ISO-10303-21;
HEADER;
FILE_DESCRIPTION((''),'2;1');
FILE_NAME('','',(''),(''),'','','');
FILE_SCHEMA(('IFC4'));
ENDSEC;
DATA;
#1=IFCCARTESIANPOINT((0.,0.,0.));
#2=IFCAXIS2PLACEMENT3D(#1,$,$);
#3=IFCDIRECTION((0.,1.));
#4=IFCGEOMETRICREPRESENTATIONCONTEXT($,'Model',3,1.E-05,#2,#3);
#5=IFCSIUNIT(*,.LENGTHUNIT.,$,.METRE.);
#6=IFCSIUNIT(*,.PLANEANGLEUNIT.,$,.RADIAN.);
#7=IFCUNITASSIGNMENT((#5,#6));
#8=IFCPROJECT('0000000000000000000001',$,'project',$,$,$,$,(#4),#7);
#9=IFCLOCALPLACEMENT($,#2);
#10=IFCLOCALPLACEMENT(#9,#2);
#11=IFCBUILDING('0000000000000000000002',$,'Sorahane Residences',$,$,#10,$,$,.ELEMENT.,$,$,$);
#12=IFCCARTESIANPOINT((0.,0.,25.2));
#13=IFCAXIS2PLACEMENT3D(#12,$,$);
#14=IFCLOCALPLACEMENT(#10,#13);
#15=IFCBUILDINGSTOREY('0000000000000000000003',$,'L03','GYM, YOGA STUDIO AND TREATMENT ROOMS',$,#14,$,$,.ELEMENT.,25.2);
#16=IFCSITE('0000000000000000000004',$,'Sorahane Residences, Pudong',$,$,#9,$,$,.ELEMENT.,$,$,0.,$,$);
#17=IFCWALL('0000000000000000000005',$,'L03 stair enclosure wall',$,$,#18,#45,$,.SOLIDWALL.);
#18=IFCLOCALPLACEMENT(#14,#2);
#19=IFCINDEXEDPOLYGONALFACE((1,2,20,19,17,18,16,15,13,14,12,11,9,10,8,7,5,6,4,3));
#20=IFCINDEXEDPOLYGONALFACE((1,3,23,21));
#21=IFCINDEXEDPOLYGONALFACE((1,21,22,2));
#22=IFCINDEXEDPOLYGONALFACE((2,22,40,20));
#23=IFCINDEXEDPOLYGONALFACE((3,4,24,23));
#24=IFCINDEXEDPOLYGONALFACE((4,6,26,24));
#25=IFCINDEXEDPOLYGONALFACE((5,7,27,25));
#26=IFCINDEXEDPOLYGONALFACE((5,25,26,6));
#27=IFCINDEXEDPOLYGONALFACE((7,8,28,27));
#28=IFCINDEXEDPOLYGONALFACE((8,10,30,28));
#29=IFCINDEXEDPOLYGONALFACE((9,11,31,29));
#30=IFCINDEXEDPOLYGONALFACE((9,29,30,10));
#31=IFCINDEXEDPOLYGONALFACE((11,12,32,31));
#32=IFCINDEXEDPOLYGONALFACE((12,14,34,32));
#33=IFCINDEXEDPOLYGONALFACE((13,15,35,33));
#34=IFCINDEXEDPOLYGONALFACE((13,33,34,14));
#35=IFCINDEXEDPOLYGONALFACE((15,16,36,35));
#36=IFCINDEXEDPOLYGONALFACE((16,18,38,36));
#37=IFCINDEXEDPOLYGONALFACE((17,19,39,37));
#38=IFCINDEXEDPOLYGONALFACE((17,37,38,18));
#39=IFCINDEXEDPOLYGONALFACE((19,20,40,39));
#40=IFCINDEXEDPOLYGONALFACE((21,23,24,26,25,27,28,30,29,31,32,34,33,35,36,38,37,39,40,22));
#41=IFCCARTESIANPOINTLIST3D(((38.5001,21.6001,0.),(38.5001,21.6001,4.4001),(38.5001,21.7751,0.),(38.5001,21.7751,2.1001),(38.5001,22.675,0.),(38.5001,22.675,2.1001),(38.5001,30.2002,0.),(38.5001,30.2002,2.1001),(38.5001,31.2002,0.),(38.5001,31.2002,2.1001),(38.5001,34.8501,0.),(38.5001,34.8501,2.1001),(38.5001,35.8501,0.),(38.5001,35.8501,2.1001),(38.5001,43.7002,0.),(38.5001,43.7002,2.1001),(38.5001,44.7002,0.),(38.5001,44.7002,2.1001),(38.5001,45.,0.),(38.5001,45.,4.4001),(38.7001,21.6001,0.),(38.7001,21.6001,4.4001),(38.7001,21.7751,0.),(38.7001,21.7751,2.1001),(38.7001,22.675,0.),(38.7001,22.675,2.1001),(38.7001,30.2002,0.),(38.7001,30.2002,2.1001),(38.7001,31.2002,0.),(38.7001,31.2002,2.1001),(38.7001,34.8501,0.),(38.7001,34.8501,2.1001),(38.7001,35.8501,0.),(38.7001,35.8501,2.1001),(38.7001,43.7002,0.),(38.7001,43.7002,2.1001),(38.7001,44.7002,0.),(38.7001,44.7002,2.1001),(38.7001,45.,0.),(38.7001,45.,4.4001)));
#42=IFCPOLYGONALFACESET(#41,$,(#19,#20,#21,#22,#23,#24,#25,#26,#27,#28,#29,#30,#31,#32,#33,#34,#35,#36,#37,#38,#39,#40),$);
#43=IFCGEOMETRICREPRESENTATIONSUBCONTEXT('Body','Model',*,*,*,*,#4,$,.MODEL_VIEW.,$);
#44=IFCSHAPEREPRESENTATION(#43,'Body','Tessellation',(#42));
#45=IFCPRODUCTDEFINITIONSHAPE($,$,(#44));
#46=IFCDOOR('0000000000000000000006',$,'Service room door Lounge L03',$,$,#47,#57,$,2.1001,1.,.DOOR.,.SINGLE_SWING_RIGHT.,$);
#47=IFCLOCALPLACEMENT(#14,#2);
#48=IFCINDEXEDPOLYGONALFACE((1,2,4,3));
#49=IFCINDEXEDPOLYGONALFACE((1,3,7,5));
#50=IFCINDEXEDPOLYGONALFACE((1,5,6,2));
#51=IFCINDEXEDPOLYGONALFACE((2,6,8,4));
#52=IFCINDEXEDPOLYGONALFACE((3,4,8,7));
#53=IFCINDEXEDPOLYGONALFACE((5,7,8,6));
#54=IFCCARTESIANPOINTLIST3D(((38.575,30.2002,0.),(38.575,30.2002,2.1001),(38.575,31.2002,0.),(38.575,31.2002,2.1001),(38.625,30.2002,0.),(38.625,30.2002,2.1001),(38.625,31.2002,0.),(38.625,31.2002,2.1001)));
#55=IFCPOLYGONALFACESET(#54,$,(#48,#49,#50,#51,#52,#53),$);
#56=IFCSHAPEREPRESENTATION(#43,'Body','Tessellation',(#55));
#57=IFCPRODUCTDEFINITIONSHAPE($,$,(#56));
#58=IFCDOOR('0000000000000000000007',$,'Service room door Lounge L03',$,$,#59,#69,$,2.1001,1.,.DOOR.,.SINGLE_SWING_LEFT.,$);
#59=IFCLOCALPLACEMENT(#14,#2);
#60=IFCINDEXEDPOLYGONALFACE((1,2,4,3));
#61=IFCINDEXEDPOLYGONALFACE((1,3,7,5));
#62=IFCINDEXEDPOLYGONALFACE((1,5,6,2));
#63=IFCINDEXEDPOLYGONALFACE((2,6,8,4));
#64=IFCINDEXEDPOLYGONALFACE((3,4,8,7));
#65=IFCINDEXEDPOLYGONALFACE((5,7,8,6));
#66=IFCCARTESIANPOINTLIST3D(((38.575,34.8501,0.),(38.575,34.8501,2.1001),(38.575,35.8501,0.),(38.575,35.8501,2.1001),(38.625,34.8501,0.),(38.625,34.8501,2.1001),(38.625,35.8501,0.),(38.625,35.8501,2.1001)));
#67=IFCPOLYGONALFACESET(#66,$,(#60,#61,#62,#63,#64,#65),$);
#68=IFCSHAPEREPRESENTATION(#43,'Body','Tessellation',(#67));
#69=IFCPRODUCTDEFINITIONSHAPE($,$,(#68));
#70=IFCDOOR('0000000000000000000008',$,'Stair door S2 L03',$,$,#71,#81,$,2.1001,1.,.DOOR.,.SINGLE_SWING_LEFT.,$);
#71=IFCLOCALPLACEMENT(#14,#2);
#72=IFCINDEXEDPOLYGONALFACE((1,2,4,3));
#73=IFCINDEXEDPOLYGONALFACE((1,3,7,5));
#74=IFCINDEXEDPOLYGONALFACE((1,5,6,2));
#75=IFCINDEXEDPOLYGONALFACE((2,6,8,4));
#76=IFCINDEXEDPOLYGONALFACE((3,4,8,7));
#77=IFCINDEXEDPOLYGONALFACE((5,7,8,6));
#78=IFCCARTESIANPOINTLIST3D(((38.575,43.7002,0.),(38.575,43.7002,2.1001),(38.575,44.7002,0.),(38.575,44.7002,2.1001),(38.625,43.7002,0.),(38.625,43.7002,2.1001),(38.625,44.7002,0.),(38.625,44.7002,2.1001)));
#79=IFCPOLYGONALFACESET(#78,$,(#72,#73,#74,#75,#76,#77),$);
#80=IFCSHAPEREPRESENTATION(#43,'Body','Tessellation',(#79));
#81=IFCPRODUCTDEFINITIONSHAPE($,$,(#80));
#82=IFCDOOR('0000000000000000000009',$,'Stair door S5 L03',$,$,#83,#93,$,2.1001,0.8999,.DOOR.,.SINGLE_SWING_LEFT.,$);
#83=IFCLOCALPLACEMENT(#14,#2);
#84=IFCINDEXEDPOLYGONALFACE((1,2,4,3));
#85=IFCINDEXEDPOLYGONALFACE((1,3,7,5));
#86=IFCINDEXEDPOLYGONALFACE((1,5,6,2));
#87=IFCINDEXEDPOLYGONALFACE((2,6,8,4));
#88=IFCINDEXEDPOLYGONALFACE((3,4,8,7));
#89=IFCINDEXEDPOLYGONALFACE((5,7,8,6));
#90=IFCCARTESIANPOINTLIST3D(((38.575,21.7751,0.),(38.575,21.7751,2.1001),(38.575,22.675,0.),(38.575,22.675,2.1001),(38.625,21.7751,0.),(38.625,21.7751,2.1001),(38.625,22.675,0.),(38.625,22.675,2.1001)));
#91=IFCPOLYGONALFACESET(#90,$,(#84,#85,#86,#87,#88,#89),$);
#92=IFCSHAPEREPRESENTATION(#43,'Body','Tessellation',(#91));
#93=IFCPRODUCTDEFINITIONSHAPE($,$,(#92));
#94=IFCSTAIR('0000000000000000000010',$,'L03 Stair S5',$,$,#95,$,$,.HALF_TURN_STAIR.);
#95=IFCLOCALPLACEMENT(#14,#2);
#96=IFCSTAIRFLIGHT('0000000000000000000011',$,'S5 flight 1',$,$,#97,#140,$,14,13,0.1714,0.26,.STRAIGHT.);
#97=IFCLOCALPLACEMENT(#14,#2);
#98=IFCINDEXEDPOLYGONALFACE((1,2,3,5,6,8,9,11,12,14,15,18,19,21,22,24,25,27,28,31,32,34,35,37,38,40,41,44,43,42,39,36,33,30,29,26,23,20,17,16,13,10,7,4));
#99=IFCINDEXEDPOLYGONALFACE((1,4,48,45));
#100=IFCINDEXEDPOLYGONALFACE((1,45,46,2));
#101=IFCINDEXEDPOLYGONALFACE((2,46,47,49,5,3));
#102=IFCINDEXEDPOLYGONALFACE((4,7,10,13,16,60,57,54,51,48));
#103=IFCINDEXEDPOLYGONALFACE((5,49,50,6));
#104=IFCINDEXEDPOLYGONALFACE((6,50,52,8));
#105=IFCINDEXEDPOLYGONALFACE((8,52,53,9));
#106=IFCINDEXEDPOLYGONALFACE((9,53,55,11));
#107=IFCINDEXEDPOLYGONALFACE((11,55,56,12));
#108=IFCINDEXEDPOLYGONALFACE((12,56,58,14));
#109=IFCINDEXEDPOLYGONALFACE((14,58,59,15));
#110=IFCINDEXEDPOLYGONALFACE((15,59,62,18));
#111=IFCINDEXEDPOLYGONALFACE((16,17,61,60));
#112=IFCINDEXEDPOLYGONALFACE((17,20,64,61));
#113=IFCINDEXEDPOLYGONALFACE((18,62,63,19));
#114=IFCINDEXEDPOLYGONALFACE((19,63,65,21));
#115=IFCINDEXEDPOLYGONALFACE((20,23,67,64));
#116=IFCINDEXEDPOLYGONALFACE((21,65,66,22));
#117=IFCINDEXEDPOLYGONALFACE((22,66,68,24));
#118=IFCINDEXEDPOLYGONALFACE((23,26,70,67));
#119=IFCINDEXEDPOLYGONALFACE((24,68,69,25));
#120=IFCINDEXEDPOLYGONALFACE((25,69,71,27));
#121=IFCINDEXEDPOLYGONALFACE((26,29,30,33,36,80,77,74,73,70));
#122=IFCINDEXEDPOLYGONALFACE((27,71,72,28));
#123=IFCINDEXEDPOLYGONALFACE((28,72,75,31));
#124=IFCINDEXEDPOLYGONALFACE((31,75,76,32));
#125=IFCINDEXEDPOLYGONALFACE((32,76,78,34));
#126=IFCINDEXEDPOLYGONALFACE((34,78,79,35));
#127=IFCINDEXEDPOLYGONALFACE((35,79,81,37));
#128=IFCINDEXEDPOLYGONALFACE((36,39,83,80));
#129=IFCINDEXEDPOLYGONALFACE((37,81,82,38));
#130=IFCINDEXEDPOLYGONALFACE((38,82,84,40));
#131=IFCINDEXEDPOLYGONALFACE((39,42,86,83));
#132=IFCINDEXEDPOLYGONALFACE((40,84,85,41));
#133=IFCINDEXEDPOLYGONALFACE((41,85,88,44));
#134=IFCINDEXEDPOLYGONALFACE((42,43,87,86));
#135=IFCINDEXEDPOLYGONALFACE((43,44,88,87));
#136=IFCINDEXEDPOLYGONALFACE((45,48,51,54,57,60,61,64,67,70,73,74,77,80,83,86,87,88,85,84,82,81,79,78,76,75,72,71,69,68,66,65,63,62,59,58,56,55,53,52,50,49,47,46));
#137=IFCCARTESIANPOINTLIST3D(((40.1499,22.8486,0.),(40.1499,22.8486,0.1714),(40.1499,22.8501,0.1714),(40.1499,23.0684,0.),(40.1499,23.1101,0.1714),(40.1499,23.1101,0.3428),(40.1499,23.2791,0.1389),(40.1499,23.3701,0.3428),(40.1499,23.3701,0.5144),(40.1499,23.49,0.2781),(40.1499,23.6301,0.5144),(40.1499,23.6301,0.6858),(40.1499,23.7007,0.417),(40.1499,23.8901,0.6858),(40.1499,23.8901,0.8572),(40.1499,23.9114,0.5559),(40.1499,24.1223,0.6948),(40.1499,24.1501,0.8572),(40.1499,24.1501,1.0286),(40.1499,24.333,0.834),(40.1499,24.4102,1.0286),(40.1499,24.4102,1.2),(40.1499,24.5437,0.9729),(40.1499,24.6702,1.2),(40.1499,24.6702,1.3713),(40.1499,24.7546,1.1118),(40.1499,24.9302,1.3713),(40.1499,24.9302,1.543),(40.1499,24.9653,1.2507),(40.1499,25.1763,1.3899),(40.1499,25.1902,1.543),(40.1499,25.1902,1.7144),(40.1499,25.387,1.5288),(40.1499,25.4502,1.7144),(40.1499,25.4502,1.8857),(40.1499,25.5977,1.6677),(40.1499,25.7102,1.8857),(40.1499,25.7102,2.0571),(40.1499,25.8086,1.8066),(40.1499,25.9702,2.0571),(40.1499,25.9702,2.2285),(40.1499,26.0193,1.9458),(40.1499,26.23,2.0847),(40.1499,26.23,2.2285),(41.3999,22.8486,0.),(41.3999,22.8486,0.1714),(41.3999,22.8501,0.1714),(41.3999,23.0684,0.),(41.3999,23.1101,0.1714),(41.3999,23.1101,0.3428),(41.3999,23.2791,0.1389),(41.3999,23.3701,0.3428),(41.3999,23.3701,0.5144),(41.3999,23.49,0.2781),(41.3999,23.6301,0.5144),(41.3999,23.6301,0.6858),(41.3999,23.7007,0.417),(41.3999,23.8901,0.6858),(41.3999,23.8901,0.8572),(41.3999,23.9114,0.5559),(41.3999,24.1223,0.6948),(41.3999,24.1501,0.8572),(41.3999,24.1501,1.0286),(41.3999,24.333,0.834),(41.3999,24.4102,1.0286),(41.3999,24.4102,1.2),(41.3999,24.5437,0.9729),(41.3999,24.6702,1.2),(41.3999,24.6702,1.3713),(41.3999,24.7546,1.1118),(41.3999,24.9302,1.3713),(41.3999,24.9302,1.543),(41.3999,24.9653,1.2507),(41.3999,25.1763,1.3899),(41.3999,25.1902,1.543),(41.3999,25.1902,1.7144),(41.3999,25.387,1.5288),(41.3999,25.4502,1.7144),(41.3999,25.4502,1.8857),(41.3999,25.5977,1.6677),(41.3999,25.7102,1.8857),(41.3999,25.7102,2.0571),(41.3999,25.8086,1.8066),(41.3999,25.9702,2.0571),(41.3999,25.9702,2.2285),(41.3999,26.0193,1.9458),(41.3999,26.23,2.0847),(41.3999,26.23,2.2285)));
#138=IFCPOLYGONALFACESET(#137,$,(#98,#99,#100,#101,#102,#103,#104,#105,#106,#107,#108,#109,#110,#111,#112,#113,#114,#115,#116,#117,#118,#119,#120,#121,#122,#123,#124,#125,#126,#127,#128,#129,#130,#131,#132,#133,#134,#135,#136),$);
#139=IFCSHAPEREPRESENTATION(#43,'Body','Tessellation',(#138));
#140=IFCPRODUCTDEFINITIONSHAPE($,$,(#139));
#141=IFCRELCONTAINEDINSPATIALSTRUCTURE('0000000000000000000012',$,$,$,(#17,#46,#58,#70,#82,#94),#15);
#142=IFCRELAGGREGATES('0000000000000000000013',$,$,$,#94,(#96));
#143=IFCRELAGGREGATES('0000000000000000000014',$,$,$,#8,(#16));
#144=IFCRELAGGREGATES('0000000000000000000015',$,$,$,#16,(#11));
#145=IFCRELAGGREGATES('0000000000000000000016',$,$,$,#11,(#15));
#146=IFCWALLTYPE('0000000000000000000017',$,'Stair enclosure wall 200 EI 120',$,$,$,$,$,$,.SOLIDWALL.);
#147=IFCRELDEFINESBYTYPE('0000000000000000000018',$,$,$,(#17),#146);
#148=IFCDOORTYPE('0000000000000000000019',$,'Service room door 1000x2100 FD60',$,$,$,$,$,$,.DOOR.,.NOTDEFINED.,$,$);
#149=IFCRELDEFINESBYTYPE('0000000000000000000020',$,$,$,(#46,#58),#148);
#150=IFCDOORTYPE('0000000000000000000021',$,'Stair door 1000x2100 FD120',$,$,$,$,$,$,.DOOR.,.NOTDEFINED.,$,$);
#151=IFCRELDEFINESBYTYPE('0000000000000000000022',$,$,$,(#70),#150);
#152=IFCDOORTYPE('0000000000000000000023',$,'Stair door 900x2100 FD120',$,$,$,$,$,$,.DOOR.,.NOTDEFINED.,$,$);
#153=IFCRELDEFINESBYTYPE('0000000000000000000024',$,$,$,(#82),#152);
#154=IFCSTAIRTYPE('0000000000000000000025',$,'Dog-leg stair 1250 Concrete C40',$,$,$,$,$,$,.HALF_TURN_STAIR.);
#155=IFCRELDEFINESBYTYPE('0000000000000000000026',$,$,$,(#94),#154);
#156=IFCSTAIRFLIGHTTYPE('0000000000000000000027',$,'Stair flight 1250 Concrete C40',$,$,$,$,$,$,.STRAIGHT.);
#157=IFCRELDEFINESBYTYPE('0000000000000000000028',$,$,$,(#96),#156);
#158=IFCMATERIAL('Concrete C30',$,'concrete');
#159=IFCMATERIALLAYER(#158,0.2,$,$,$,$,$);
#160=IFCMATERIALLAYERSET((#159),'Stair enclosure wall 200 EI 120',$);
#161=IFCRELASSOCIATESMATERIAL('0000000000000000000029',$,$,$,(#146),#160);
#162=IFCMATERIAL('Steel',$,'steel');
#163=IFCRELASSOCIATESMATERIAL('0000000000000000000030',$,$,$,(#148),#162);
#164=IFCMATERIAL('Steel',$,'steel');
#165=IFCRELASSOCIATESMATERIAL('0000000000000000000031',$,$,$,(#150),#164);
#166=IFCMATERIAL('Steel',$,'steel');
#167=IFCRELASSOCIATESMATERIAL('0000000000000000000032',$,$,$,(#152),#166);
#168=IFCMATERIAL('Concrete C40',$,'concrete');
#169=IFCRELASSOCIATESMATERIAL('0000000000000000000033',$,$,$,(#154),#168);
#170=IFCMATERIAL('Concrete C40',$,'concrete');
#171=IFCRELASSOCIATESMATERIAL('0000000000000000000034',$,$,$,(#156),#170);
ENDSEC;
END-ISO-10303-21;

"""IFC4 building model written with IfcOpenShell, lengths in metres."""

from ifc_helpers import new_model, si_unit, direction, frame, frame_2d, origin, place, context, subcontext, project, spatial, polyline, rectangle, outline, extrude, material, layer, layer_set, type_object, element, fill, aggregate, save


model = new_model("IFC4")

# Units and contexts
model_context = context("Model", 3, precision=1e-05, world=origin(), true_north=direction((0.0, 1.0)))
body_context = subcontext(model_context, "Body", "Model", "MODEL_VIEW")
ifc_project = project(units=[si_unit("LENGTHUNIT", "METRE"), si_unit("PLANEANGLEUNIT", "RADIAN")], contexts=[model_context])

# Site, building, storey
site_placement = place(None, origin())
site = spatial("IfcSite", under=ifc_project, at=site_placement, Name="Sorahane Residences, Pudong", CompositionType="ELEMENT", RefElevation=0.0)
building_placement = place(site_placement, origin())
building = spatial("IfcBuilding", under=site, at=building_placement, Name="Sorahane Residences", CompositionType="ELEMENT")
storey_placement = place(building_placement, frame((0.0, 0.0, 25.2)))
storey = spatial("IfcBuildingStorey", under=building, at=storey_placement, Name="L03", Description="GYM, YOGA STUDIO AND TREATMENT ROOMS", CompositionType="ELEMENT", Elevation=25.2)

# Wall, openings, doors
ifc_material_1 = material(Name="Concrete C30", Category="concrete")
ifc_layer_1 = layer(ifc_material_1, 0.2)
ifc_layer_set_1 = layer_set([ifc_layer_1], Name="Stair enclosure wall 200 EI 120")
wall_type_1 = type_object("IfcWallType", Name="Stair enclosure wall 200 EI 120", PredefinedType="SOLIDWALL", material=ifc_layer_set_1)
wall_1_placement = place(storey_placement, frame((38.6001, 21.6001, 0.0), z_axis=(0.0, 0.0, 1.0), x_axis=(0.0, 1.0, 0.0)))
wall_1 = element("IfcWall", 1, at=wall_1_placement, inside=storey, type_object=wall_type_1, Name="L03 stair enclosure wall", PredefinedType="SOLIDWALL", context=body_context, shape_type="SweptSolid", body=[
    extrude(rectangle(XDim=23.3999, YDim=0.2, at=frame_2d((11.7, 0.0))), origin(), (0.0, 0.0, 1.0), 4.4001),
])
opening_1_placement = place(wall_1_placement, frame((8.6001, 0.0, 0.0)))
opening_1 = element("IfcOpeningElement", 2, at=opening_1_placement, cuts=wall_1, PredefinedType="OPENING", context=body_context, shape_type="SweptSolid", body=[
    extrude(rectangle(XDim=1.0, YDim=2.1001, at=frame_2d((0.5, 1.05))), frame((0.0, 0.1099, 0.0), z_axis=(0.0, -1.0, 0.0), x_axis=(1.0, 0.0, 0.0)), (0.0, 0.0, 1.0), 0.22),
])
opening_2_placement = place(wall_1_placement, frame((13.25, 0.0, 0.0)))
opening_2 = element("IfcOpeningElement", 3, at=opening_2_placement, cuts=wall_1, PredefinedType="OPENING", context=body_context, shape_type="SweptSolid", body=[
    extrude(rectangle(XDim=1.0, YDim=2.1001, at=frame_2d((0.5, 1.05))), frame((0.0, 0.1099, 0.0), z_axis=(0.0, -1.0, 0.0), x_axis=(1.0, 0.0, 0.0)), (0.0, 0.0, 1.0), 0.22),
])
opening_3_placement = place(wall_1_placement, frame((22.1001, 0.0, 0.0)))
opening_3 = element("IfcOpeningElement", 4, at=opening_3_placement, cuts=wall_1, PredefinedType="OPENING", context=body_context, shape_type="SweptSolid", body=[
    extrude(rectangle(XDim=1.0, YDim=2.1001, at=frame_2d((0.5, 1.05))), frame((0.0, 0.1099, 0.0), z_axis=(0.0, -1.0, 0.0), x_axis=(1.0, 0.0, 0.0)), (0.0, 0.0, 1.0), 0.22),
])
opening_4_placement = place(wall_1_placement, frame((0.175, 0.0, 0.0)))
opening_4 = element("IfcOpeningElement", 5, at=opening_4_placement, cuts=wall_1, PredefinedType="OPENING", context=body_context, shape_type="SweptSolid", body=[
    extrude(rectangle(XDim=0.8999, YDim=2.1001, at=frame_2d((0.45, 1.05))), frame((0.0, 0.1099, 0.0), z_axis=(0.0, -1.0, 0.0), x_axis=(1.0, 0.0, 0.0)), (0.0, 0.0, 1.0), 0.22),
])
ifc_material_2 = material(Name="Steel", Category="steel")
door_type_1 = type_object("IfcDoorType", Name="Service room door 1000x2100 FD60", OperationType="NOTDEFINED", PredefinedType="DOOR", material=ifc_material_2)
door_1_placement = place(opening_1_placement, frame((1.0, 0.0, 0.0), z_axis=(0.0, 0.0, 1.0), x_axis=(-1.0, 0.0, 0.0)))
door_1 = element("IfcDoor", 6, at=door_1_placement, inside=storey, type_object=door_type_1, Name="Service room door Lounge L03", OperationType="SINGLE_SWING_RIGHT", OverallHeight=2.1001, OverallWidth=1.0, PredefinedType="DOOR", context=body_context, shape_type="SweptSolid", body=[
    extrude(rectangle(XDim=1.0, YDim=2.1001, at=frame_2d((0.5, 1.05))), frame((0.0, 0.0249, 0.0), z_axis=(0.0, -1.0, 0.0), x_axis=(1.0, 0.0, 0.0)), (0.0, 0.0, 1.0), 0.05),
])
fill(opening_1, door_1)
door_2_placement = place(opening_2_placement, frame((1.0, 0.0, 0.0), z_axis=(0.0, 0.0, 1.0), x_axis=(-1.0, 0.0, 0.0)))
door_2 = element("IfcDoor", 7, at=door_2_placement, inside=storey, type_object=door_type_1, Name="Service room door Lounge L03", OperationType="SINGLE_SWING_LEFT", OverallHeight=2.1001, OverallWidth=1.0, PredefinedType="DOOR", context=body_context, shape_type="SweptSolid", body=[
    extrude(rectangle(XDim=1.0, YDim=2.1001, at=frame_2d((0.5, 1.05))), frame((0.0, 0.0249, 0.0), z_axis=(0.0, -1.0, 0.0), x_axis=(1.0, 0.0, 0.0)), (0.0, 0.0, 1.0), 0.05),
])
fill(opening_2, door_2)
ifc_material_3 = material(Name="Steel", Category="steel")
door_type_2 = type_object("IfcDoorType", Name="Stair door 1000x2100 FD120", OperationType="NOTDEFINED", PredefinedType="DOOR", material=ifc_material_3)
door_3_placement = place(opening_3_placement, frame((1.0, 0.0, 0.0), z_axis=(0.0, 0.0, 1.0), x_axis=(-1.0, 0.0, 0.0)))
door_3 = element("IfcDoor", 8, at=door_3_placement, inside=storey, type_object=door_type_2, Name="Stair door S2 L03", OperationType="SINGLE_SWING_LEFT", OverallHeight=2.1001, OverallWidth=1.0, PredefinedType="DOOR", context=body_context, shape_type="SweptSolid", body=[
    extrude(rectangle(XDim=1.0, YDim=2.1001, at=frame_2d((0.5, 1.05))), frame((0.0, 0.0249, 0.0), z_axis=(0.0, -1.0, 0.0), x_axis=(1.0, 0.0, 0.0)), (0.0, 0.0, 1.0), 0.05),
])
fill(opening_3, door_3)
ifc_material_4 = material(Name="Steel", Category="steel")
door_type_3 = type_object("IfcDoorType", Name="Stair door 900x2100 FD120", OperationType="NOTDEFINED", PredefinedType="DOOR", material=ifc_material_4)
door_4_placement = place(opening_4_placement, frame((0.8999, 0.0, 0.0), z_axis=(0.0, 0.0, 1.0), x_axis=(-1.0, 0.0, 0.0)))
door_4 = element("IfcDoor", 9, at=door_4_placement, inside=storey, type_object=door_type_3, Name="Stair door S5 L03", OperationType="SINGLE_SWING_LEFT", OverallHeight=2.1001, OverallWidth=0.8999, PredefinedType="DOOR", context=body_context, shape_type="SweptSolid", body=[
    extrude(rectangle(XDim=0.8999, YDim=2.1001, at=frame_2d((0.45, 1.05))), frame((0.0, 0.0249, 0.0), z_axis=(0.0, -1.0, 0.0), x_axis=(1.0, 0.0, 0.0)), (0.0, 0.0, 1.0), 0.05),
])
fill(opening_4, door_4)

# Stair, stair flight
ifc_material_5 = material(Name="Concrete C40", Category="concrete")
stair_type = type_object("IfcStairType", Name="Dog-leg stair 1250 Concrete C40", PredefinedType="HALF_TURN_STAIR", material=ifc_material_5)
stair_placement = place(storey_placement, origin())
stair = element("IfcStair", 10, at=stair_placement, inside=storey, type_object=stair_type, Name="L03 Stair S5", PredefinedType="HALF_TURN_STAIR")
ifc_material_6 = material(Name="Concrete C40", Category="concrete")
stair_flight_type = type_object("IfcStairFlightType", Name="Stair flight 1250 Concrete C40", PredefinedType="STRAIGHT", material=ifc_material_6)
stair_flight_placement = place(storey_placement, frame((40.7749, 22.8501, 0.0), z_axis=(0.0, 0.0, 1.0), x_axis=(0.0, 1.0, 0.0)))
stair_flight = element("IfcStairFlight", 11, at=stair_flight_placement, type_object=stair_flight_type, Name="S5 flight 1", NumberOfRisers=14, NumberOfTreads=13, PredefinedType="STRAIGHT", RiserHeight=0.1714, TreadLength=0.26, context=body_context, shape_type="SweptSolid", body=[
    extrude(outline(polyline([(-0.0015, 0.0), (-0.0015, 0.1714), (0.0, 0.1714), (0.26, 0.1714), (0.26, 0.3428), (0.52, 0.3428), (0.52, 0.5144), (0.78, 0.5144), (0.78, 0.6858), (1.04, 0.6858), (1.04, 0.8572), (1.3, 0.8572), (1.3, 1.0286), (1.5601, 1.0286), (1.5601, 1.2), (1.8201, 1.2), (1.8201, 1.3713), (2.0801, 1.3713), (2.0801, 1.543), (2.3401, 1.543), (2.3401, 1.7144), (2.6001, 1.7144), (2.6001, 1.8857), (2.8601, 1.8857), (2.8601, 2.0571), (3.1201, 2.0571), (3.1201, 2.2285), (3.3799, 2.2285), (3.3799, 2.3999), (3.3799, 2.0847), (3.1692, 1.9458), (2.9585, 1.8066), (2.7476, 1.6677), (2.5369, 1.5288), (2.3262, 1.3899), (2.1152, 1.2507), (1.9045, 1.1118), (1.6936, 0.9729), (1.4829, 0.834), (1.2722, 0.6948), (1.0613, 0.5559), (0.8506, 0.417), (0.6399, 0.2781), (0.429, 0.1389), (0.2183, 0.0), (-0.0015, 0.0)])), frame((0.0, 0.625, 0.0), z_axis=(0.0, -1.0, 0.0), x_axis=(1.0, 0.0, 0.0)), (0.0, 0.0, 1.0), 1.25),
])
aggregate(stair, [stair_flight])

save(model, "model.ifc")
